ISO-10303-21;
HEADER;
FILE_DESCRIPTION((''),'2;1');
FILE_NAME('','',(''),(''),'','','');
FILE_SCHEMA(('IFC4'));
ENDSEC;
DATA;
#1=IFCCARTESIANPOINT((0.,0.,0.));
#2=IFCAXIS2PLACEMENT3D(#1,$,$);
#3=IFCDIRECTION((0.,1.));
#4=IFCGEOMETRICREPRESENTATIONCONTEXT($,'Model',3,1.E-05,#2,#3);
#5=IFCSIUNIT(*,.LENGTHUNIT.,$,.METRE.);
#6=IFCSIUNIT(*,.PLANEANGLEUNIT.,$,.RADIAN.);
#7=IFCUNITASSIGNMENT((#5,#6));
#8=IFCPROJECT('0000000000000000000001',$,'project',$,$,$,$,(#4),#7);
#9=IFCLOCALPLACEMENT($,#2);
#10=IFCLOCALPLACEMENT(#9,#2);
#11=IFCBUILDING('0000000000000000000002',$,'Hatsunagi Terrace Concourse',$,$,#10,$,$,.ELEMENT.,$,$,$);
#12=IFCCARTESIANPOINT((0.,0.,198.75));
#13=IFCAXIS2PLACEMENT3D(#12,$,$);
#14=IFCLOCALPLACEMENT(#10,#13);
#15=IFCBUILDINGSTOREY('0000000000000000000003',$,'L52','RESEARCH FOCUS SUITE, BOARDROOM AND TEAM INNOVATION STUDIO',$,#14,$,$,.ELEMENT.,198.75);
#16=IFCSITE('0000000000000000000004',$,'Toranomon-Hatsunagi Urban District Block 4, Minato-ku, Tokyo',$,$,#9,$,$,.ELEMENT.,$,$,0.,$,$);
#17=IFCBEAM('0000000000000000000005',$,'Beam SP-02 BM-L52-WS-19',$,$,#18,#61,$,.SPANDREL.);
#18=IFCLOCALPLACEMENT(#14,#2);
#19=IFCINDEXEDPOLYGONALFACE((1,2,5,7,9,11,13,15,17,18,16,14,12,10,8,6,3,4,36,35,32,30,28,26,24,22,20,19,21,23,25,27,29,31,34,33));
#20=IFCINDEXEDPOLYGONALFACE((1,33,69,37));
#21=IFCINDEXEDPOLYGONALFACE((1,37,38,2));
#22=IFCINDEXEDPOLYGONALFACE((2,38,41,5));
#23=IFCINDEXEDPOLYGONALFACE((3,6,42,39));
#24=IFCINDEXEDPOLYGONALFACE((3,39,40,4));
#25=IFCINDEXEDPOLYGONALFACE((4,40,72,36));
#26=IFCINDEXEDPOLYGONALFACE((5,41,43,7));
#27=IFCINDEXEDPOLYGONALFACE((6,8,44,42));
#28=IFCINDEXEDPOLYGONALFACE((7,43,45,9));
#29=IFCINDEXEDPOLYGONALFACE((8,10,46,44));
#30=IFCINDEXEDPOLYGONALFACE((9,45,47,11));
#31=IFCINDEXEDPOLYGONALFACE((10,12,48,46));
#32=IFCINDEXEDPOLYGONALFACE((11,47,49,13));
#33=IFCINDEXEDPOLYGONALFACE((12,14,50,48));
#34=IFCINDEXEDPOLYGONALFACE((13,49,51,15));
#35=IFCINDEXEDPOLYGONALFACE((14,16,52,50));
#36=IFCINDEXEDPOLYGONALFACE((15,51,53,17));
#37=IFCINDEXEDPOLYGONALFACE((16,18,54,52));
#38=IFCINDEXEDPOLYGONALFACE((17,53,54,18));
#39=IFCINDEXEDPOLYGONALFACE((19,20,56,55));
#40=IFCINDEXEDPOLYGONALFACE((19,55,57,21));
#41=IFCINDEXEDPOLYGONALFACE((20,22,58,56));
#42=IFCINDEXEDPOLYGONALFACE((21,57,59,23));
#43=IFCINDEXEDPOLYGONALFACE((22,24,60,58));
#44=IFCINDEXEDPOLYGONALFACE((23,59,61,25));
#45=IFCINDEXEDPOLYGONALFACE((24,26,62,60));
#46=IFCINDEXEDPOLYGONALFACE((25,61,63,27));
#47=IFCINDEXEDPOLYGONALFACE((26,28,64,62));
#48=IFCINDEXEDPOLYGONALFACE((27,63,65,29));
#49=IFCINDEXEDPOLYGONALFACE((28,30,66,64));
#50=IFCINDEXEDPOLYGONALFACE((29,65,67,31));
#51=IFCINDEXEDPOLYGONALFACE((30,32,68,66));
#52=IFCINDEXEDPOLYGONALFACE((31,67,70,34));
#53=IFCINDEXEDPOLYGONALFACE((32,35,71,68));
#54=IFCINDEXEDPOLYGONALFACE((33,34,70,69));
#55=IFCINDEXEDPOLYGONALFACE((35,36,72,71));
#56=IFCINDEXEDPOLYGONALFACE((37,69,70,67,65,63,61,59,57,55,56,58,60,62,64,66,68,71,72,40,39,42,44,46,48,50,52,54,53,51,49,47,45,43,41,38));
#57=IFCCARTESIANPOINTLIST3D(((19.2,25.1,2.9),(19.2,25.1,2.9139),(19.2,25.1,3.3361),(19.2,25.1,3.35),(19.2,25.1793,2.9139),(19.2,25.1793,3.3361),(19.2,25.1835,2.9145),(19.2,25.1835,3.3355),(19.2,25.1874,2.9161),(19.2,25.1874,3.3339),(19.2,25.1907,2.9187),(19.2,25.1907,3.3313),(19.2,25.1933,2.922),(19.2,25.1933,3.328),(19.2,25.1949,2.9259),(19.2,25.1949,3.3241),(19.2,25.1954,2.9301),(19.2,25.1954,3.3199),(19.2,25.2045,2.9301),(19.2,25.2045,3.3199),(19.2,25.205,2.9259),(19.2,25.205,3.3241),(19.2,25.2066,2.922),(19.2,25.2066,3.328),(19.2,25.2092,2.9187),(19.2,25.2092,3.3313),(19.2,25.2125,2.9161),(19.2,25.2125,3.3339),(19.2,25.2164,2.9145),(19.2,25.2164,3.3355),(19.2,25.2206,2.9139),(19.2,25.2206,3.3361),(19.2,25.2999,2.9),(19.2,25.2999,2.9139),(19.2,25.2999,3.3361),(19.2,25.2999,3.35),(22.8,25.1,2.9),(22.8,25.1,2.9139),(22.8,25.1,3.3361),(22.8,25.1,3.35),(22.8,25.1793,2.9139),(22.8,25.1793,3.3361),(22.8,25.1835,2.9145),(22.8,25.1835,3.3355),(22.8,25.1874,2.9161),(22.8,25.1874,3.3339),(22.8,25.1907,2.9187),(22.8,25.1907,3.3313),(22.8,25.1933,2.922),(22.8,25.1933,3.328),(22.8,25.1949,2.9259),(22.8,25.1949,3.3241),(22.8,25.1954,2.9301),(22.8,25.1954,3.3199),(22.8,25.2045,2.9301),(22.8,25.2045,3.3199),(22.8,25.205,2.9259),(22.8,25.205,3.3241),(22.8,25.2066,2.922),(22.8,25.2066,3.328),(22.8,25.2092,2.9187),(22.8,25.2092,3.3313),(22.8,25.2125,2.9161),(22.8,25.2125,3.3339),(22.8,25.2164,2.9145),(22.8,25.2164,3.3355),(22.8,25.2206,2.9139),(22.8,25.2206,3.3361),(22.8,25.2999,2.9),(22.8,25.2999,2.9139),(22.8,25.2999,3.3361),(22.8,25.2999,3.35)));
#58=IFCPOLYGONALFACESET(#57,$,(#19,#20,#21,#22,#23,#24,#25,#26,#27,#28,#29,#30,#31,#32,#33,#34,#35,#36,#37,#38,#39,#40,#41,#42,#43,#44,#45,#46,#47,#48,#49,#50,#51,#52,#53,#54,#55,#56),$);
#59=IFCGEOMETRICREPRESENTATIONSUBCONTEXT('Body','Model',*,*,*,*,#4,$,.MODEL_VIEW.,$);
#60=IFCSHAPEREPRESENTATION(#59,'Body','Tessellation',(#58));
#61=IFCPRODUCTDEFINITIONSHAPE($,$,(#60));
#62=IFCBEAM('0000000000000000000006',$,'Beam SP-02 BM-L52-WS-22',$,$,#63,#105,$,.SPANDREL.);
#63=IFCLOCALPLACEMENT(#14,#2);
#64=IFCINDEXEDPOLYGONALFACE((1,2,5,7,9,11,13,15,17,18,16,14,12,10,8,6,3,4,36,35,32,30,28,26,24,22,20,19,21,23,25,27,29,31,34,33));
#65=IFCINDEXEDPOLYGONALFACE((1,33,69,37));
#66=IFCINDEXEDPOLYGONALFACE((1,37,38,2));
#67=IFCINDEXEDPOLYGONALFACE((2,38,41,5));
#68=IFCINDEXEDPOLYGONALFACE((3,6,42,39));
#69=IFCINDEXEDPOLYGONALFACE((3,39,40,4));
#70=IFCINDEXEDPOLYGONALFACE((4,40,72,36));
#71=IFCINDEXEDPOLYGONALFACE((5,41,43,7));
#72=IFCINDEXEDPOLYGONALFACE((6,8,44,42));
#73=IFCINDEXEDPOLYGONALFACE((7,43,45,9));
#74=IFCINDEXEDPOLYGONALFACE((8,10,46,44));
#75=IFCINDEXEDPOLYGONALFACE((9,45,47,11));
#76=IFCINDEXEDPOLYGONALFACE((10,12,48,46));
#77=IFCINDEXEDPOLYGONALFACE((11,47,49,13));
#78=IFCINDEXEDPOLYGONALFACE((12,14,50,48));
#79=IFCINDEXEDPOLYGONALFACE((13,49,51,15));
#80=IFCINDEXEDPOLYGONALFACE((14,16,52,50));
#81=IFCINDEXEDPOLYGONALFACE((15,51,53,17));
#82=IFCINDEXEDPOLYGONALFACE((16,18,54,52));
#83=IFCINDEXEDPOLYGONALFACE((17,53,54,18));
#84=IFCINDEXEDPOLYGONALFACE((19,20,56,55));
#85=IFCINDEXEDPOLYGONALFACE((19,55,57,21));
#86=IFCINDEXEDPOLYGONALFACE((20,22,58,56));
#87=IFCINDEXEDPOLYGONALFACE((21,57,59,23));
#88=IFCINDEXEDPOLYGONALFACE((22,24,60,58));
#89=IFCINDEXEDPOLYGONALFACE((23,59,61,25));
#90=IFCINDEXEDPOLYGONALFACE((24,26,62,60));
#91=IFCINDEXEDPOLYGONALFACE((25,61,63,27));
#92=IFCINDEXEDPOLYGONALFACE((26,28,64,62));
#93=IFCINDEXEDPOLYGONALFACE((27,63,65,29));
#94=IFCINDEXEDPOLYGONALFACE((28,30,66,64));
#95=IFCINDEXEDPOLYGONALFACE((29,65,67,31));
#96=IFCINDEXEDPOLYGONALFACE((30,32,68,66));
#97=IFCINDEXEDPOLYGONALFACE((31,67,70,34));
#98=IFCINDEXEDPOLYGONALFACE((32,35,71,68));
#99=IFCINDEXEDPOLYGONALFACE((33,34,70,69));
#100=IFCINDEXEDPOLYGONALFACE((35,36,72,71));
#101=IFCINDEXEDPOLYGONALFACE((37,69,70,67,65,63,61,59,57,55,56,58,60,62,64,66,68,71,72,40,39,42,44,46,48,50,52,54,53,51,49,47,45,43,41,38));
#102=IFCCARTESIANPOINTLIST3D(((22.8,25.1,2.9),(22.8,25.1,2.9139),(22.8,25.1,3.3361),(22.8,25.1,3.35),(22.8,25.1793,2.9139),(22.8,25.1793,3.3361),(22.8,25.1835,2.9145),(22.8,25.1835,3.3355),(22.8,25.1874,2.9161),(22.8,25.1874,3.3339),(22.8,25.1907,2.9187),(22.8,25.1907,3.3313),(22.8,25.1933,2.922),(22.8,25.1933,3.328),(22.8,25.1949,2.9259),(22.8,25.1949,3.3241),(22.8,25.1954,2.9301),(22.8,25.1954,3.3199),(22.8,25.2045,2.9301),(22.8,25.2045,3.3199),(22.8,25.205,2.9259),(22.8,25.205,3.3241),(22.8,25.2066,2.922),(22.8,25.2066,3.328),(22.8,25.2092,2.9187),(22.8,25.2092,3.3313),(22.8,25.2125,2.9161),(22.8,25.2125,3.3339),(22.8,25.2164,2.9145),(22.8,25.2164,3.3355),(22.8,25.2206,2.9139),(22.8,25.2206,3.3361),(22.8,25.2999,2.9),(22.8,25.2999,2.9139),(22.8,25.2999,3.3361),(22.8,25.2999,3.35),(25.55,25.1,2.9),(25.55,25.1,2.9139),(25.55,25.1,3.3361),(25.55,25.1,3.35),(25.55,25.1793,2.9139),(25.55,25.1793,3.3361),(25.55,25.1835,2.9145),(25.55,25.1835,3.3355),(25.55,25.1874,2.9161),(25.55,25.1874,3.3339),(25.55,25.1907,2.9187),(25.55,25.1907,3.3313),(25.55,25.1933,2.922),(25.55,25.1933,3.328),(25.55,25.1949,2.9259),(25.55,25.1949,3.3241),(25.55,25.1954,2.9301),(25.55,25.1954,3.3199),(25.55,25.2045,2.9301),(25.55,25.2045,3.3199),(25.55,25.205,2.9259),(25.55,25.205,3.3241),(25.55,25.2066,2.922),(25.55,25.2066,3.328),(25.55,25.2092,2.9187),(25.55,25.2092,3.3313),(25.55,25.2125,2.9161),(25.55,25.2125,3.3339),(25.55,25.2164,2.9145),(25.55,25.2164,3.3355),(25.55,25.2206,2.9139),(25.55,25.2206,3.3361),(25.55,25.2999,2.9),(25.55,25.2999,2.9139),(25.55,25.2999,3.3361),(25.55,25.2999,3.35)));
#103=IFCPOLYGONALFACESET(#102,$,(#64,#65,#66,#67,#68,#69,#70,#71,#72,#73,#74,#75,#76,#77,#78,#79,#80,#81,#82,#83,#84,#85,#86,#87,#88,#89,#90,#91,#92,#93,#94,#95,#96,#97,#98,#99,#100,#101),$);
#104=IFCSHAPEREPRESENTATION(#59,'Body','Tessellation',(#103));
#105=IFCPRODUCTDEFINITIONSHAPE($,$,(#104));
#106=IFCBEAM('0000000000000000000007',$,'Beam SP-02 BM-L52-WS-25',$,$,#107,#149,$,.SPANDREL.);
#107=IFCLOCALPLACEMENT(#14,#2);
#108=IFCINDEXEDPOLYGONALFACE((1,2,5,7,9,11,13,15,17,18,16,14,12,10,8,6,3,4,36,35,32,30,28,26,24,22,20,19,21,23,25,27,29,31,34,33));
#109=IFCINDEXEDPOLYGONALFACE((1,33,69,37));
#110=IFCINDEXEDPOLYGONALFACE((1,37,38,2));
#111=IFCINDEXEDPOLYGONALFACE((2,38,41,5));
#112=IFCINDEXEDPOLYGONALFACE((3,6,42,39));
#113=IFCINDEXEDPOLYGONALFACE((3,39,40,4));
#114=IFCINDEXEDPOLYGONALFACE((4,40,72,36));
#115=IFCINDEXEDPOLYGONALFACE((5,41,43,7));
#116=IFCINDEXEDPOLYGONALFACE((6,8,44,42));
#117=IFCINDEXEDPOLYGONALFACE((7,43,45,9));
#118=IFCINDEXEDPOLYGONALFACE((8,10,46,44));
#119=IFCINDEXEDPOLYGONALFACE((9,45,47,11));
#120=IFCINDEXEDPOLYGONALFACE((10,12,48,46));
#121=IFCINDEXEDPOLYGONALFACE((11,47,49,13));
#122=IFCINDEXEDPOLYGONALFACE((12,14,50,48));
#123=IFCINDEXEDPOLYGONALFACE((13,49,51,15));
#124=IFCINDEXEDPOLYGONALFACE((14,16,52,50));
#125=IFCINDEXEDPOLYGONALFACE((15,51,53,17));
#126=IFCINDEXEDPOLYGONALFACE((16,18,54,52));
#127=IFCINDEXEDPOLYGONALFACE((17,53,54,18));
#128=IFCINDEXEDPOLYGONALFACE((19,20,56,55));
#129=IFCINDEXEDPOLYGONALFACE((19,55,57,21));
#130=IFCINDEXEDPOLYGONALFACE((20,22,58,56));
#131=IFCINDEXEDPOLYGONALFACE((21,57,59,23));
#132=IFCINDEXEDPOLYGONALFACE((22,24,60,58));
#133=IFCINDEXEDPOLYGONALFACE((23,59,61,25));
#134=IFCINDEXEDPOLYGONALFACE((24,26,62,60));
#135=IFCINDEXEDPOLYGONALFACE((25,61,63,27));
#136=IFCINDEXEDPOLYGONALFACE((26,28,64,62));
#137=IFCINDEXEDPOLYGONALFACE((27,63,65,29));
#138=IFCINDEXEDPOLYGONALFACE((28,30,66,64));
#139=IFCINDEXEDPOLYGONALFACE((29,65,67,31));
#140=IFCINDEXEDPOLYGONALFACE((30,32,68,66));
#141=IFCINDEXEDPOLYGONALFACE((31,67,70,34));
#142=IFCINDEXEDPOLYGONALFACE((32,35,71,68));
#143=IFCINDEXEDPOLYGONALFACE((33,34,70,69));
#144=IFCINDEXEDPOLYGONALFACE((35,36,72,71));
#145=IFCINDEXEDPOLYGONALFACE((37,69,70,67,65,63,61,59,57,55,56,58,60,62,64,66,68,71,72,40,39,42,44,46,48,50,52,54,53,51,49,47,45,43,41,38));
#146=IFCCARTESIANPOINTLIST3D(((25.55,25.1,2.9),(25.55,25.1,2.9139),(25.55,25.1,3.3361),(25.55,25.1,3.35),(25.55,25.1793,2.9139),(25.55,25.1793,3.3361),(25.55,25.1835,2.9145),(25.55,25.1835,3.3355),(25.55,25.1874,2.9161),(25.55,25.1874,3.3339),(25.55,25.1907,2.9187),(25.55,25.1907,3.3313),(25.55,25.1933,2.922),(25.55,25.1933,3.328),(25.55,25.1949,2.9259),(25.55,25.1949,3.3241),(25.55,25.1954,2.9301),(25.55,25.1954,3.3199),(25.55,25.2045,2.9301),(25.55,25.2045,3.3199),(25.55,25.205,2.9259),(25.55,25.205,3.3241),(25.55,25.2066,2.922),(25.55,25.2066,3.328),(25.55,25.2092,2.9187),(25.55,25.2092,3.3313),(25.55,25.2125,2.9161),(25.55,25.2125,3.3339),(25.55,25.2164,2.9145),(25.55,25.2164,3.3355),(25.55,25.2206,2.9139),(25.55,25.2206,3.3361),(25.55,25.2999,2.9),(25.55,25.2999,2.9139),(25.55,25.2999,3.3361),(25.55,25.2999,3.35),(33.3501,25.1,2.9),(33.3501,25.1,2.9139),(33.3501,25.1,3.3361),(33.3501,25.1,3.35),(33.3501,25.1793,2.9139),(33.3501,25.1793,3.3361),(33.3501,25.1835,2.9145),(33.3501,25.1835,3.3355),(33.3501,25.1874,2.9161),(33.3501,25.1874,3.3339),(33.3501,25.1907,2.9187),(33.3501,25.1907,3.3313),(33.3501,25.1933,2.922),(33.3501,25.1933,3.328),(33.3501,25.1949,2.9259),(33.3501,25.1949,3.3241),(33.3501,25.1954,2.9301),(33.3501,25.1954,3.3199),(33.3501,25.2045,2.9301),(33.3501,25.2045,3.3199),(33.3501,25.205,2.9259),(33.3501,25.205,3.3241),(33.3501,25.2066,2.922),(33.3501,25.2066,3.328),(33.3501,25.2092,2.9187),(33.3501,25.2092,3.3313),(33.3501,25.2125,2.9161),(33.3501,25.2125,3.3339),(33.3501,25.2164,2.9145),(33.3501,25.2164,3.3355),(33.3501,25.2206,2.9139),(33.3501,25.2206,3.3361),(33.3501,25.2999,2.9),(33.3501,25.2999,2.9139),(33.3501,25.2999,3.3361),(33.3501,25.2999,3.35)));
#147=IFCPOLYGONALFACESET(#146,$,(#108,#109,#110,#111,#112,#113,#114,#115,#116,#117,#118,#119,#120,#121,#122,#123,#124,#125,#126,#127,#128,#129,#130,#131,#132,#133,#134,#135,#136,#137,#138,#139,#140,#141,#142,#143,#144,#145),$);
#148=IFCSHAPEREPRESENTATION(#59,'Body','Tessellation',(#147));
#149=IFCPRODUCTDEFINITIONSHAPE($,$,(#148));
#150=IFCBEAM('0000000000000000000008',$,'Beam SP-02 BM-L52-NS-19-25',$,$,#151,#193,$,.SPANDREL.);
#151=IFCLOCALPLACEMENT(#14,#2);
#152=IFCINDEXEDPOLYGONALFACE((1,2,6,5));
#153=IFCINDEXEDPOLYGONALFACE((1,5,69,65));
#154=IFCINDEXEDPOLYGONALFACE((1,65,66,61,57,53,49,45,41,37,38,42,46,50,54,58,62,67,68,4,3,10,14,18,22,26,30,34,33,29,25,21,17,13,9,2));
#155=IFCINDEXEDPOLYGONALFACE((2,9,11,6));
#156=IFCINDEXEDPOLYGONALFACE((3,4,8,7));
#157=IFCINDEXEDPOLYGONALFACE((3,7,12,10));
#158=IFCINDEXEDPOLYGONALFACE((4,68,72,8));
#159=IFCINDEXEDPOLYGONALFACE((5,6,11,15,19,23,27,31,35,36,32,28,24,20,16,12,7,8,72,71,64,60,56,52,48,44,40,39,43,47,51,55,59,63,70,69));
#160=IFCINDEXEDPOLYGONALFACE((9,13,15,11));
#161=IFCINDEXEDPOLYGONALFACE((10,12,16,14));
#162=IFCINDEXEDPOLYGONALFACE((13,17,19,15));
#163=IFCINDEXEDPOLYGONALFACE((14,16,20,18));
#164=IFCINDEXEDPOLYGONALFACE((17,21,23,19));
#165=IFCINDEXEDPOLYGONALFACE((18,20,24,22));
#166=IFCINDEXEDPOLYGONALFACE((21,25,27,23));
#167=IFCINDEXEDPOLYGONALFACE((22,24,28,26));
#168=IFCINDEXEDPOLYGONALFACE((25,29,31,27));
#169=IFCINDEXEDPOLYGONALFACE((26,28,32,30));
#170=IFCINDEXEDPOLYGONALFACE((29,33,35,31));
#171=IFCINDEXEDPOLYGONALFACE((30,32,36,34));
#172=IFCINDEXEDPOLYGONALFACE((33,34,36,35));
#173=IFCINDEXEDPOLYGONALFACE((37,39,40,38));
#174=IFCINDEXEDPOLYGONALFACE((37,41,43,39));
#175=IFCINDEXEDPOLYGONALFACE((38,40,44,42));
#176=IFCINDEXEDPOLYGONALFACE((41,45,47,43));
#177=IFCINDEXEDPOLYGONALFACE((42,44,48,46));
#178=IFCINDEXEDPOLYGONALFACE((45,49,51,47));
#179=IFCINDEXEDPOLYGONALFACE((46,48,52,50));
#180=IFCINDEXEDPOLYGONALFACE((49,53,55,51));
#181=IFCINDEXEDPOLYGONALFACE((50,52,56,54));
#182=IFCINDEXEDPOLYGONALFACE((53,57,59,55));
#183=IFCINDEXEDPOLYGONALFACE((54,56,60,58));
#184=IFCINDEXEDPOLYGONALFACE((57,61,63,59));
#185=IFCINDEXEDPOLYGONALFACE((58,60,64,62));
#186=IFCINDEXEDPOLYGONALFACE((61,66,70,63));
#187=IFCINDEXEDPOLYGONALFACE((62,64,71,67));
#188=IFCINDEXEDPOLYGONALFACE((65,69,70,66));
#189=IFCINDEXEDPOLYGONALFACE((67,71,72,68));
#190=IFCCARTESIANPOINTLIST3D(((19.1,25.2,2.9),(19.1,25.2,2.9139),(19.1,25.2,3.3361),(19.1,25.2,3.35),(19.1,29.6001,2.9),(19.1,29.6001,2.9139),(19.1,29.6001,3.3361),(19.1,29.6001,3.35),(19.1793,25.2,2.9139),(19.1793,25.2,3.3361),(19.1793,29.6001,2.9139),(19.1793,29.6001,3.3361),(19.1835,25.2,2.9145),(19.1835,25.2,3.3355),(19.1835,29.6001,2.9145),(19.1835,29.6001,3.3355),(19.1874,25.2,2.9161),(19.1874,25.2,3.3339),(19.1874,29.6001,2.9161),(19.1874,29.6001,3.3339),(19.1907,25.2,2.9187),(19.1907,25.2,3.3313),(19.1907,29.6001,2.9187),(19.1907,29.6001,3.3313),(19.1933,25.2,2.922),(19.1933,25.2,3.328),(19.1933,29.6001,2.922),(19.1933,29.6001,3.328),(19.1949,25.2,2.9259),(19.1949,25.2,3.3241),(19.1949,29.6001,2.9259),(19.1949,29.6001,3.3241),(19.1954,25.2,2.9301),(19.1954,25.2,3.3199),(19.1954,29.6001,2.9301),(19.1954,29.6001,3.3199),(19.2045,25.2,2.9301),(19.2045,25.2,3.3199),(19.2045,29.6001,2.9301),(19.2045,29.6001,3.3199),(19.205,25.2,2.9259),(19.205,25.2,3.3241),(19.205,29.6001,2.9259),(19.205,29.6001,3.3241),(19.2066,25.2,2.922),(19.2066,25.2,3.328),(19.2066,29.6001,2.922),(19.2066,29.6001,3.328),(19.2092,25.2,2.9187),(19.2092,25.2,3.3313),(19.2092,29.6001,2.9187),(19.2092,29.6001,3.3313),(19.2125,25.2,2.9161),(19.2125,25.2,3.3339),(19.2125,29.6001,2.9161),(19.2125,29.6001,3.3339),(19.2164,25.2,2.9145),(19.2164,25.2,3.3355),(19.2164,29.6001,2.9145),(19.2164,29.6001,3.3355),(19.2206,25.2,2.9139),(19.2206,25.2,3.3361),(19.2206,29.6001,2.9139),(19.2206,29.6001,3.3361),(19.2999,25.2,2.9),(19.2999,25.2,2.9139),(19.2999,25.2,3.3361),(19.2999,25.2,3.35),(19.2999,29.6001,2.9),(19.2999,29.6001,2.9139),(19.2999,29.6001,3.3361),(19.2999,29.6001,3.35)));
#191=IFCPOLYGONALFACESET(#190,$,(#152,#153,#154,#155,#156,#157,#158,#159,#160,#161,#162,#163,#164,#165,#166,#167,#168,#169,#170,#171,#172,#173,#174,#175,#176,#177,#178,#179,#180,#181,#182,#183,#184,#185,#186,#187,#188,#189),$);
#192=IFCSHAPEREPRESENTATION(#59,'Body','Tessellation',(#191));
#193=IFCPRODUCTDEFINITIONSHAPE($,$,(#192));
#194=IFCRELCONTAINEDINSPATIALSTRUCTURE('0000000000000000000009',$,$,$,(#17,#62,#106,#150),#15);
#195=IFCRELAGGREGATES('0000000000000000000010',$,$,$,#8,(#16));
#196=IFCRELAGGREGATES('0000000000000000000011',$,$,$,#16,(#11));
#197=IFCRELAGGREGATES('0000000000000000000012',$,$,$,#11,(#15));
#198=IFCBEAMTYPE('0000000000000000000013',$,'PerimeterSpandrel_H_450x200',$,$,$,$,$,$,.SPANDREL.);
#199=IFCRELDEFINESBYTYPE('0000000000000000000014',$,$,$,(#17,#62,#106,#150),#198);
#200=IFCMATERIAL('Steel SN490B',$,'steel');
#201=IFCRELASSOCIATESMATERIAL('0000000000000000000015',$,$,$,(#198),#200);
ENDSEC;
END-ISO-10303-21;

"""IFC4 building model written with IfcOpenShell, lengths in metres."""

from ifc_helpers import new_model, si_unit, direction, frame, origin, origin_2d, place, context, subcontext, project, spatial, i_section, extrude, material, material_profile, profile_set, type_object, element, save


model = new_model("IFC4")

# Units and contexts
model_context = context("Model", 3, precision=1e-05, world=origin(), true_north=direction((0.0, 1.0)))
body_context = subcontext(model_context, "Body", "Model", "MODEL_VIEW")
ifc_project = project(units=[si_unit("LENGTHUNIT", "METRE"), si_unit("PLANEANGLEUNIT", "RADIAN")], contexts=[model_context])

# Site, building, storey
site_placement = place(None, origin())
site = spatial("IfcSite", under=ifc_project, at=site_placement, Name="Toranomon-Hatsunagi Urban District Block 4, Minato-ku, Tokyo", CompositionType="ELEMENT", RefElevation=0.0)
building_placement = place(site_placement, origin())
building = spatial("IfcBuilding", under=site, at=building_placement, Name="Hatsunagi Terrace Concourse", CompositionType="ELEMENT")
storey_placement = place(building_placement, frame((0.0, 0.0, 198.75)))
storey = spatial("IfcBuildingStorey", under=building, at=storey_placement, Name="L52", Description="RESEARCH FOCUS SUITE, BOARDROOM AND TEAM INNOVATION STUDIO", CompositionType="ELEMENT", Elevation=198.75)

# Beams
ifc_material_1 = material(Name="Steel SN490B", Category="steel")
ifc_material_profile_1 = material_profile(ifc_material_1, i_section(OverallWidth=0.2, OverallDepth=0.45, WebThickness=0.009, FlangeThickness=0.0139, FilletRadius=0.0161, at=origin_2d()), Name="H-450x200x9x14")
ifc_profile_set_1 = profile_set([ifc_material_profile_1], Name="Steel SN490B")
beam_type_1 = type_object("IfcBeamType", Name="PerimeterSpandrel_H_450x200", PredefinedType="SPANDREL", material=ifc_profile_set_1)
beam_1_placement = place(storey_placement, frame((19.2, 25.2, 3.125), z_axis=(1.0, 0.0, 0.0), x_axis=(0.0, 1.0, 0.0)))
element("IfcBeam", 1, at=beam_1_placement, inside=storey, type_object=beam_type_1, Name="Beam SP-02 BM-L52-WS-19", PredefinedType="SPANDREL", context=body_context, shape_type="SweptSolid", body=[
    extrude(i_section(OverallWidth=0.2, OverallDepth=0.45, WebThickness=0.009, FlangeThickness=0.0139, FilletRadius=0.0161, at=origin_2d()), origin(), (0.0, 0.0, 1.0), 3.6001),
])
beam_2_placement = place(storey_placement, frame((22.8, 25.2, 3.125), z_axis=(1.0, 0.0, 0.0), x_axis=(0.0, 1.0, 0.0)))
element("IfcBeam", 2, at=beam_2_placement, inside=storey, type_object=beam_type_1, Name="Beam SP-02 BM-L52-WS-22", PredefinedType="SPANDREL", context=body_context, shape_type="SweptSolid", body=[
    extrude(i_section(OverallWidth=0.2, OverallDepth=0.45, WebThickness=0.009, FlangeThickness=0.0139, FilletRadius=0.0161, at=origin_2d()), origin(), (0.0, 0.0, 1.0), 2.75),
])
beam_3_placement = place(storey_placement, frame((25.55, 25.2, 3.125), z_axis=(1.0, 0.0, 0.0), x_axis=(0.0, 1.0, 0.0)))
element("IfcBeam", 3, at=beam_3_placement, inside=storey, type_object=beam_type_1, Name="Beam SP-02 BM-L52-WS-25", PredefinedType="SPANDREL", context=body_context, shape_type="SweptSolid", body=[
    extrude(i_section(OverallWidth=0.2, OverallDepth=0.45, WebThickness=0.009, FlangeThickness=0.0139, FilletRadius=0.0161, at=origin_2d()), origin(), (0.0, 0.0, 1.0), 7.8),
])
beam_4_placement = place(storey_placement, frame((19.2, 25.2, 3.125), z_axis=(0.0, 1.0, 0.0), x_axis=(-1.0, 0.0, 0.0)))
element("IfcBeam", 4, at=beam_4_placement, inside=storey, type_object=beam_type_1, Name="Beam SP-02 BM-L52-NS-19-25", PredefinedType="SPANDREL", context=body_context, shape_type="SweptSolid", body=[
    extrude(i_section(OverallWidth=0.2, OverallDepth=0.45, WebThickness=0.009, FlangeThickness=0.0139, FilletRadius=0.0161, at=origin_2d()), origin(), (0.0, 0.0, 1.0), 4.4001),
])

save(model, "model.ifc")
